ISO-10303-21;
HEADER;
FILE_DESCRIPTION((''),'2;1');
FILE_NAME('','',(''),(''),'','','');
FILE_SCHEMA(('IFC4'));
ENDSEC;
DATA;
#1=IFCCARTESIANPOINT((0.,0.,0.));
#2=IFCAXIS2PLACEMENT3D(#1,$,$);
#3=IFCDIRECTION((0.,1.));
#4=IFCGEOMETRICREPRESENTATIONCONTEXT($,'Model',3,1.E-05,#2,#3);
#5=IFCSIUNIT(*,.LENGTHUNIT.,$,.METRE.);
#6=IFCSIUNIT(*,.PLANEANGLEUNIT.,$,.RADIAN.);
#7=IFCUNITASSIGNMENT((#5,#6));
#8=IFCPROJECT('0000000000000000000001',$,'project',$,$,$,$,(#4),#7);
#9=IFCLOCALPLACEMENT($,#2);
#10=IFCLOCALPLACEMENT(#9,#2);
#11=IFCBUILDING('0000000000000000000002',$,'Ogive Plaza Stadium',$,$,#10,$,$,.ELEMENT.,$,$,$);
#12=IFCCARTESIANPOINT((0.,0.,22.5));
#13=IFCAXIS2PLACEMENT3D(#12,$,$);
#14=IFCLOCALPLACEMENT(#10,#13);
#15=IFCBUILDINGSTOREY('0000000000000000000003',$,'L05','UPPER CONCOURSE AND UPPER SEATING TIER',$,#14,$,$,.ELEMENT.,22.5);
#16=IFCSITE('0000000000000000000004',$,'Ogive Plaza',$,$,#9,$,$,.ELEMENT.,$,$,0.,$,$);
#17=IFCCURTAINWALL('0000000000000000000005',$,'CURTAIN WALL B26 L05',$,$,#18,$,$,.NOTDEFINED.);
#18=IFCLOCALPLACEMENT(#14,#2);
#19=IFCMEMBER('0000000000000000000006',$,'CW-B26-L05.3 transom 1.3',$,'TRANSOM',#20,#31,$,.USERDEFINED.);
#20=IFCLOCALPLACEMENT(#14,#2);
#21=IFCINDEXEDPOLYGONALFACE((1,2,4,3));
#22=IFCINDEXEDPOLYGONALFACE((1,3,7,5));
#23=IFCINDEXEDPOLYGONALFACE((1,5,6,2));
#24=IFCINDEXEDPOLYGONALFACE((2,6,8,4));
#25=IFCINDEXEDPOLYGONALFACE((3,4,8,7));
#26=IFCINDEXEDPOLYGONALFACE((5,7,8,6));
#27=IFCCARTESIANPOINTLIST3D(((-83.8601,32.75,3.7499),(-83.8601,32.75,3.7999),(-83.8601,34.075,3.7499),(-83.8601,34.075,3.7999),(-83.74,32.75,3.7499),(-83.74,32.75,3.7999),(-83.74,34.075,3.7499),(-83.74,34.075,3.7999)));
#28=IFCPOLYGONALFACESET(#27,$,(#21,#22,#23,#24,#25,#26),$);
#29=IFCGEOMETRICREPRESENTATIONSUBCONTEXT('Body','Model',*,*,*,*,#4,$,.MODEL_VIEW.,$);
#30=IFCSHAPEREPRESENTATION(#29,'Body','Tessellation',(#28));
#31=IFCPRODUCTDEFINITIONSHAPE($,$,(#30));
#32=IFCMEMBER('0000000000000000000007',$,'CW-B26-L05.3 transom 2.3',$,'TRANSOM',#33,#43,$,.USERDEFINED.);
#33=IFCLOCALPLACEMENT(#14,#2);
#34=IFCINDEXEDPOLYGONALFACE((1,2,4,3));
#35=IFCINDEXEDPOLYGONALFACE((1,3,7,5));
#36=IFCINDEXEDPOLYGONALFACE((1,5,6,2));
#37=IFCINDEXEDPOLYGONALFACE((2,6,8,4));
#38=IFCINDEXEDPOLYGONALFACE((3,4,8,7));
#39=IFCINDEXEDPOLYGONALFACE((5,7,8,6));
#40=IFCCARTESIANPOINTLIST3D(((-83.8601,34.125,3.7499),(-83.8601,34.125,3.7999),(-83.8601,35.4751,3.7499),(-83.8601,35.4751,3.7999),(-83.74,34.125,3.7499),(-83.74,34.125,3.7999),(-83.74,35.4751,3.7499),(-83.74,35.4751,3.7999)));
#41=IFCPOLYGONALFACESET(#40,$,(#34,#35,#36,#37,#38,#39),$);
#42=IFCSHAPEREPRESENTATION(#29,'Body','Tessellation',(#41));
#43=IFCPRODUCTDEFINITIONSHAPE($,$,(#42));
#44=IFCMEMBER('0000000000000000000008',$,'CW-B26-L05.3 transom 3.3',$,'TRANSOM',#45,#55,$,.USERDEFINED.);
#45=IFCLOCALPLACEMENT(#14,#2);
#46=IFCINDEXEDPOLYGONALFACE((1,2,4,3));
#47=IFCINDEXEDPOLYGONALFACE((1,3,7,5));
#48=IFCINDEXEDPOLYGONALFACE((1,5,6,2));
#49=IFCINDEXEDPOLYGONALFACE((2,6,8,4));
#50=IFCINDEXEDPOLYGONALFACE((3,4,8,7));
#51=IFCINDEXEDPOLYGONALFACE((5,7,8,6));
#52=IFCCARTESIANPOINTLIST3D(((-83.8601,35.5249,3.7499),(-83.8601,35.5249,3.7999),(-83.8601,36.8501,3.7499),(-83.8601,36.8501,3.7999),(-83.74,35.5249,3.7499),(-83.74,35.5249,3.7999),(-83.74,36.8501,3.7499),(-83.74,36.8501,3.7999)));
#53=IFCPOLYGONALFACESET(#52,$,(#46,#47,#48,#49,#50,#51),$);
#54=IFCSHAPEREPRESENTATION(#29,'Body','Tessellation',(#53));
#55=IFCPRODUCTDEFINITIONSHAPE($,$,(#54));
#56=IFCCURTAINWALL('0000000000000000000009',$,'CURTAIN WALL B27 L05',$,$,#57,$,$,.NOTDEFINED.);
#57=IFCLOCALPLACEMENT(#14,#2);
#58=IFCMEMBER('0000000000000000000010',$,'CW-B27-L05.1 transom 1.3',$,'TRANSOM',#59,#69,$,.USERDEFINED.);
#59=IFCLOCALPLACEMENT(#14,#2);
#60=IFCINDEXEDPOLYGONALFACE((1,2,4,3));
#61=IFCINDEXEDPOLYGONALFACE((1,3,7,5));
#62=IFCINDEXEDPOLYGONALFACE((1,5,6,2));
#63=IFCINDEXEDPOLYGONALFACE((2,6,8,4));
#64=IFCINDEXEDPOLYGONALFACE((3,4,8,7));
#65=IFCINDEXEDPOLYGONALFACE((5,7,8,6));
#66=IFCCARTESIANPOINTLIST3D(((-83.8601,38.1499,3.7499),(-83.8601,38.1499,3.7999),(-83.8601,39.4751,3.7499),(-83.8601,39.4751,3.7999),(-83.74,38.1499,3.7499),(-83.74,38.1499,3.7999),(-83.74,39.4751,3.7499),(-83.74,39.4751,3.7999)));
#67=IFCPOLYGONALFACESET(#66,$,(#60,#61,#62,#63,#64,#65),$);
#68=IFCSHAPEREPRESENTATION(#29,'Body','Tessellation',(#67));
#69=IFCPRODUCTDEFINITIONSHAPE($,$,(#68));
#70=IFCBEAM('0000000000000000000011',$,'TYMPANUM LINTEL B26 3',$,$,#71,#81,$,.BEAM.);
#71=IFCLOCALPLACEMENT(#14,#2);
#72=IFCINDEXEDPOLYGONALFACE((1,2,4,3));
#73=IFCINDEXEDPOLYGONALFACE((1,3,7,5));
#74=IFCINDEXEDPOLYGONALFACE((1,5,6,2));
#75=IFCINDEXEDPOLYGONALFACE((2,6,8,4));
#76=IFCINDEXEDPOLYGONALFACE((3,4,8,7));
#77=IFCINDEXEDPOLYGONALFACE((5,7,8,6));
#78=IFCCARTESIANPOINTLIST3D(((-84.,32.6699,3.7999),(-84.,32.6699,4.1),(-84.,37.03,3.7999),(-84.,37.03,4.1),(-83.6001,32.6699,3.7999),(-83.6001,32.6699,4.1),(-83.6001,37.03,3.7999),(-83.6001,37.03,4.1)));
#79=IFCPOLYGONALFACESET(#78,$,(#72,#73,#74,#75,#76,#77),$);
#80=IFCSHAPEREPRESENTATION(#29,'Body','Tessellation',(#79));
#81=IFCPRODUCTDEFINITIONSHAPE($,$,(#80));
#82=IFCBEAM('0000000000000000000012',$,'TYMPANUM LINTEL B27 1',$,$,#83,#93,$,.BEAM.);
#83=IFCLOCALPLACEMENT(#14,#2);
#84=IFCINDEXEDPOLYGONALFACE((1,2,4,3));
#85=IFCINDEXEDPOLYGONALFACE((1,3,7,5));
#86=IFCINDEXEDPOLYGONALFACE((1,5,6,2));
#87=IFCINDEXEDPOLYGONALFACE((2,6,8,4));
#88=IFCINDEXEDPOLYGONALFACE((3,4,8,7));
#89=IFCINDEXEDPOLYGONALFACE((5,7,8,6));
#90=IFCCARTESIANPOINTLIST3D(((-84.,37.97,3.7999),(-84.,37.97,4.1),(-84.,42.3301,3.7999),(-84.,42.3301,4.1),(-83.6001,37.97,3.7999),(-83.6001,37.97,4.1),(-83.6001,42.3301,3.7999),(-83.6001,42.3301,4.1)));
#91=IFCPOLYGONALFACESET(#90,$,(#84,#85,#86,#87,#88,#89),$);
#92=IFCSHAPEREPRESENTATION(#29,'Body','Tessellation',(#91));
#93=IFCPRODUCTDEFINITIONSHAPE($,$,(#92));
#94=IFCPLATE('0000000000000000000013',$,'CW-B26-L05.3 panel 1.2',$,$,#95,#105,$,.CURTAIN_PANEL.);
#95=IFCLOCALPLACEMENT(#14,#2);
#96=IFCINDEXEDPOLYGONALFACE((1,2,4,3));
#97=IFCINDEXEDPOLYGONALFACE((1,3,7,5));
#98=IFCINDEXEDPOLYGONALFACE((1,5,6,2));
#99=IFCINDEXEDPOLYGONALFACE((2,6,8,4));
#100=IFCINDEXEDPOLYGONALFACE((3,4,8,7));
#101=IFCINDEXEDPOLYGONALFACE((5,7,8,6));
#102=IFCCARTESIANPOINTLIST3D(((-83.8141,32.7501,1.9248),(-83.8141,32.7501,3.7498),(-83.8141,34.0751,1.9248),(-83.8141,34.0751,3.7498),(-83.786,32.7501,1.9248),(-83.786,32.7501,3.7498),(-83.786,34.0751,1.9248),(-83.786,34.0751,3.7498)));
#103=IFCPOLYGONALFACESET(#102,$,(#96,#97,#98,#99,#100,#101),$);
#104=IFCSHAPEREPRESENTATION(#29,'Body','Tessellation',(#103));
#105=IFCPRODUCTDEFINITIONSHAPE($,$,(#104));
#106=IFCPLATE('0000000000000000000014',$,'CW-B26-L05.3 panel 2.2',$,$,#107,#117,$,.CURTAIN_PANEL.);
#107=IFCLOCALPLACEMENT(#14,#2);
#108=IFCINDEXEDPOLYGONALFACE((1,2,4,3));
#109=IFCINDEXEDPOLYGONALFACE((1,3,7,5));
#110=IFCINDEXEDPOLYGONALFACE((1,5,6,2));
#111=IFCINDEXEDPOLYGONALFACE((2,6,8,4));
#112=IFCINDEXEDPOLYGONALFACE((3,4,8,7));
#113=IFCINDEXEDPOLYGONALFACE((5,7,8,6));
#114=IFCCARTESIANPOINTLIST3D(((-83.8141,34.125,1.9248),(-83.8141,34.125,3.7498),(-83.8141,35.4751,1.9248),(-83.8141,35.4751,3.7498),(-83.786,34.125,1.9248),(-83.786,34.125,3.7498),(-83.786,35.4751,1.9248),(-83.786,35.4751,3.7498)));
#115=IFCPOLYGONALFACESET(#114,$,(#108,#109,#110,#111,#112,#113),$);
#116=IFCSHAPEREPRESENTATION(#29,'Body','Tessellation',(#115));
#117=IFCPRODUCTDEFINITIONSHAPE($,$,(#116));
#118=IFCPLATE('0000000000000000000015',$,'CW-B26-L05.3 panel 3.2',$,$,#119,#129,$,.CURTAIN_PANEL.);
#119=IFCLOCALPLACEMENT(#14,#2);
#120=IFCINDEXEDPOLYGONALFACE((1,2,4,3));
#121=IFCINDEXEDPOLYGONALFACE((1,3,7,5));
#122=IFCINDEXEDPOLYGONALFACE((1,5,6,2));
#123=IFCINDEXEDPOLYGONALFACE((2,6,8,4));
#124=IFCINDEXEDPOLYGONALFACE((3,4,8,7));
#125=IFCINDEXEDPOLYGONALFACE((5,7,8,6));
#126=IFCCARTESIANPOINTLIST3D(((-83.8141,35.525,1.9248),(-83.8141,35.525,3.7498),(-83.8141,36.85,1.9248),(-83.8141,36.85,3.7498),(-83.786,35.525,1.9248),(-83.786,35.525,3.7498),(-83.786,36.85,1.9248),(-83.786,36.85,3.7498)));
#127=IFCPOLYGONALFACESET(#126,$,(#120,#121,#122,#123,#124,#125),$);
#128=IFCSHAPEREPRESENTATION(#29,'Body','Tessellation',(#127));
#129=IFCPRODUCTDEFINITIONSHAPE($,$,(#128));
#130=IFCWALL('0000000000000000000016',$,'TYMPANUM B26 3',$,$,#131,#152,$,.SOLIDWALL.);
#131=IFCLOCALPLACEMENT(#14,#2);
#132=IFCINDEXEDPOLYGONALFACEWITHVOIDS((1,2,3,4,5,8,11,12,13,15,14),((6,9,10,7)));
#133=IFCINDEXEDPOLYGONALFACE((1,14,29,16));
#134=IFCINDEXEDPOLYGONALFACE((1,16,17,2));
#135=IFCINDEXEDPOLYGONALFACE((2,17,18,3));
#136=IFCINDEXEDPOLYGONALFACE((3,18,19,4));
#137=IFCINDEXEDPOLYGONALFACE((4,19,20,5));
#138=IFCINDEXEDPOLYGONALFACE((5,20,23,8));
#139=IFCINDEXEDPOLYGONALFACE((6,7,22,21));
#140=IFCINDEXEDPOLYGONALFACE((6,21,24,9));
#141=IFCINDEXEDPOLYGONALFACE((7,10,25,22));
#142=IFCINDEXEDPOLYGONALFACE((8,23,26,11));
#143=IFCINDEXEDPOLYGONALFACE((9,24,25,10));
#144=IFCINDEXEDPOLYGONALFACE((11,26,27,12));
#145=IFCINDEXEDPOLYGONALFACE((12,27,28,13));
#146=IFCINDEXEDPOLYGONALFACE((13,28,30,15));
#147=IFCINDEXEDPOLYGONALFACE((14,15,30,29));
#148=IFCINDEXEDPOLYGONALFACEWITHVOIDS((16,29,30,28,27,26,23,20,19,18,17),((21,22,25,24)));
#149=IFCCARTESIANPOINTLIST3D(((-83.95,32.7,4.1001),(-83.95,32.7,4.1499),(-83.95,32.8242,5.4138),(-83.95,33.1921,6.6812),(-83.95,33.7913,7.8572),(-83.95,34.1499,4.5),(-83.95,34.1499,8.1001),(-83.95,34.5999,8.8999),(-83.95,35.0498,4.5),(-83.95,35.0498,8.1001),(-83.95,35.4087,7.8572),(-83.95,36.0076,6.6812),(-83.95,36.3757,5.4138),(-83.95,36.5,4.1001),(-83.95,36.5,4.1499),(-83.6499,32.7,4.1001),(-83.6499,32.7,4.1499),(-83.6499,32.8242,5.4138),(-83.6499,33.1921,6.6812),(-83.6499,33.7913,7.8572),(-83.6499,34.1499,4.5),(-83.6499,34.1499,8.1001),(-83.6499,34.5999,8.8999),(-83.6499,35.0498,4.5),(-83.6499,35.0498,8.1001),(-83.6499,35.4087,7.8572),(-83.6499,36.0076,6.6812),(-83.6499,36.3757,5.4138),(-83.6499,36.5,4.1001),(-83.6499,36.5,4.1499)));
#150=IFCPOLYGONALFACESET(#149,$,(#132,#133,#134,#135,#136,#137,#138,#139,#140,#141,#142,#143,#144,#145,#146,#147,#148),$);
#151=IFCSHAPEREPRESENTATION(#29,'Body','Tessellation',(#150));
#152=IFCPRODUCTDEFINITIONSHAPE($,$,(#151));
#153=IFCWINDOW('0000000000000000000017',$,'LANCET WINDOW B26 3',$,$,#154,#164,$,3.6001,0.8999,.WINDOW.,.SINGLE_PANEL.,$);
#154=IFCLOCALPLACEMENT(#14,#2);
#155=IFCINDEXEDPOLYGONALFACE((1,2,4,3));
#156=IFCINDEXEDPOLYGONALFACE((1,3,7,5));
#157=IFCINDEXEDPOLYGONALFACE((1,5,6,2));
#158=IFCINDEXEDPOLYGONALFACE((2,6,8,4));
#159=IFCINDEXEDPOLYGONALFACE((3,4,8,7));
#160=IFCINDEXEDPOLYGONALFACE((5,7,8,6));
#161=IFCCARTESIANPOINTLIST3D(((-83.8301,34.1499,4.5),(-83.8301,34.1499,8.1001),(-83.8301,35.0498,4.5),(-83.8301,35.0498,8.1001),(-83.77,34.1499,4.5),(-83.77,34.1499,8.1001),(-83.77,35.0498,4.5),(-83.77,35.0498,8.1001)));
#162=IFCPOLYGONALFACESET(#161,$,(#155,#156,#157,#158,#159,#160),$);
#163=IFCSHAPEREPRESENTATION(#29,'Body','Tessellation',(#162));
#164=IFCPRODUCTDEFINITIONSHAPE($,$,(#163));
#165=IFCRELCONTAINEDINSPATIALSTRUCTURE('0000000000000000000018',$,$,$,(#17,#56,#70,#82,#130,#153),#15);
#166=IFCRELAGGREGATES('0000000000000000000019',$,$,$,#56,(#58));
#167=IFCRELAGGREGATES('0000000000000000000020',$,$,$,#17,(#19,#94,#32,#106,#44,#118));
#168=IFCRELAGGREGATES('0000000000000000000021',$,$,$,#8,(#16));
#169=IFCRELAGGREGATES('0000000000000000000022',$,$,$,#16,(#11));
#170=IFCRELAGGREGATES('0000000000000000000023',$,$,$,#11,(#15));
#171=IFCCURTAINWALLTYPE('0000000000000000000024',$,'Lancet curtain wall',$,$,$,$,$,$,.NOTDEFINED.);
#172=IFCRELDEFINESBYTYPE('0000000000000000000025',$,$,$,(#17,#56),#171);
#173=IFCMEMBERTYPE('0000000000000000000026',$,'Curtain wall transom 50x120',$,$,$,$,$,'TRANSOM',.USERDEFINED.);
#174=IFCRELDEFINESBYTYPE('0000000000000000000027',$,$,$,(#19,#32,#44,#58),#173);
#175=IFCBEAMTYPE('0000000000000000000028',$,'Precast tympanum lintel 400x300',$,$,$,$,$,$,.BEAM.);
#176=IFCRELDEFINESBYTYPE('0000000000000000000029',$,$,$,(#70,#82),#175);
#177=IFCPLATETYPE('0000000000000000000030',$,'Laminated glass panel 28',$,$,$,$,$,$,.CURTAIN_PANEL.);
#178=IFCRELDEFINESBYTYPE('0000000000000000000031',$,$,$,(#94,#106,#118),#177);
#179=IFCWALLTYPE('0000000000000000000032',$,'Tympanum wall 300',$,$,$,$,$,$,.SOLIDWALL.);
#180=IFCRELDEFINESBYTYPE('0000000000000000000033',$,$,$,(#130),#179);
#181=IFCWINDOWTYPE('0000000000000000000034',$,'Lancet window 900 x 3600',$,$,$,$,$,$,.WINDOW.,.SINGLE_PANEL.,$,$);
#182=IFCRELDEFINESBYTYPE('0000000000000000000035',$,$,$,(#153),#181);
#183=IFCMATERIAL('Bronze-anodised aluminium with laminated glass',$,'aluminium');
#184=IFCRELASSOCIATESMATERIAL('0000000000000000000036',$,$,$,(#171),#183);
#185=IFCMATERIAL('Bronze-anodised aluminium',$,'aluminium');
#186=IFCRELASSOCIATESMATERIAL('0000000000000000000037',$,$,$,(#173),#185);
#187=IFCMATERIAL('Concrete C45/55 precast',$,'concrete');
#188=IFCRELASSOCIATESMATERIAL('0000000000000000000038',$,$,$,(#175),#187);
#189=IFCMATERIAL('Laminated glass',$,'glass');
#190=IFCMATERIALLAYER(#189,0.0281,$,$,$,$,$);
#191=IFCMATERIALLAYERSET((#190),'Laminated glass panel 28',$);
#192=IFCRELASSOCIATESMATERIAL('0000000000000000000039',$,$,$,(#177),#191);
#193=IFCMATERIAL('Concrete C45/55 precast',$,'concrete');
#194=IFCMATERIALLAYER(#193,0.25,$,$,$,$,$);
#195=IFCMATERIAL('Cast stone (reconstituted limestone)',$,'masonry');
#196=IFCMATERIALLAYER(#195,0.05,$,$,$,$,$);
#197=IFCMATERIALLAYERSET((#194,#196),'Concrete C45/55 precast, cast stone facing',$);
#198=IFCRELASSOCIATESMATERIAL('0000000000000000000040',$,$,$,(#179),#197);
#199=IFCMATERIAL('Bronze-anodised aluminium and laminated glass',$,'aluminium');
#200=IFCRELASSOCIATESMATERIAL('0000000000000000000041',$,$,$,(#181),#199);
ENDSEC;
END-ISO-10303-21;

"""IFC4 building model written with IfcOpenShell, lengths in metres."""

from ifc_helpers import new_model, si_unit, direction, frame, frame_2d, origin, origin_2d, place, context, subcontext, project, spatial, polyline, rectangle, outline, extrude, material, layer, layer_set, material_profile, profile_set, type_object, element, fill, aggregate, save


model = new_model("IFC4")

# Units and contexts
model_context = context("Model", 3, precision=1e-05, world=origin(), true_north=direction((0.0, 1.0)))
body_context = subcontext(model_context, "Body", "Model", "MODEL_VIEW")
ifc_project = project(units=[si_unit("LENGTHUNIT", "METRE"), si_unit("PLANEANGLEUNIT", "RADIAN")], contexts=[model_context])

# Site, building, storey
site_placement = place(None, origin())
site = spatial("IfcSite", under=ifc_project, at=site_placement, Name="Ogive Plaza", CompositionType="ELEMENT", RefElevation=0.0)
building_placement = place(site_placement, origin())
building = spatial("IfcBuilding", under=site, at=building_placement, Name="Ogive Plaza Stadium", CompositionType="ELEMENT")
storey_placement = place(building_placement, frame((0.0, 0.0, 22.5)))
storey = spatial("IfcBuildingStorey", under=building, at=storey_placement, Name="L05", Description="UPPER CONCOURSE AND UPPER SEATING TIER", CompositionType="ELEMENT", Elevation=22.5)

# Curtain wall, members
ifc_material_1 = material(Name="Bronze-anodised aluminium with laminated glass", Category="aluminium")
curtain_wall_type = type_object("IfcCurtainWallType", Name="Lancet curtain wall", PredefinedType="NOTDEFINED", material=ifc_material_1)
curtain_wall_1_placement = place(storey_placement, origin())
curtain_wall_1 = element("IfcCurtainWall", 1, at=curtain_wall_1_placement, inside=storey, type_object=curtain_wall_type, Name="CURTAIN WALL B26 L05", PredefinedType="NOTDEFINED")
ifc_material_2 = material(Name="Bronze-anodised aluminium", Category="aluminium")
ifc_material_profile_1 = material_profile(ifc_material_2, rectangle(XDim=0.1201, YDim=0.05, at=origin_2d()), Name="AL 120x50")
ifc_profile_set_1 = profile_set([ifc_material_profile_1], Name="Bronze-anodised aluminium")
member_type = type_object("IfcMemberType", Name="Curtain wall transom 50x120", ElementType="TRANSOM", PredefinedType="USERDEFINED", material=ifc_profile_set_1)
member_1_placement = place(storey_placement, frame((-83.8, 32.75, 3.7749), z_axis=(0.0, 1.0, 0.0), x_axis=(-1.0, 0.0, 0.0)))
member_1 = element("IfcMember", 2, at=member_1_placement, type_object=member_type, Name="CW-B26-L05.3 transom 1.3", ObjectType="TRANSOM", PredefinedType="USERDEFINED", context=body_context, shape_type="SweptSolid", body=[
    extrude(rectangle(XDim=0.1201, YDim=0.05, at=origin_2d()), origin(), (0.0, 0.0, 1.0), 1.325),
])
member_2_placement = place(storey_placement, frame((-83.8, 34.125, 3.7749), z_axis=(0.0, 1.0, 0.0), x_axis=(-1.0, 0.0, 0.0)))
member_2 = element("IfcMember", 3, at=member_2_placement, type_object=member_type, Name="CW-B26-L05.3 transom 2.3", ObjectType="TRANSOM", PredefinedType="USERDEFINED", context=body_context, shape_type="SweptSolid", body=[
    extrude(rectangle(XDim=0.1201, YDim=0.05, at=origin_2d()), origin(), (0.0, 0.0, 1.0), 1.3501),
])
member_3_placement = place(storey_placement, frame((-83.8, 35.5249, 3.7749), z_axis=(0.0, 1.0, 0.0), x_axis=(-1.0, 0.0, 0.0)))
member_3 = element("IfcMember", 4, at=member_3_placement, type_object=member_type, Name="CW-B26-L05.3 transom 3.3", ObjectType="TRANSOM", PredefinedType="USERDEFINED", context=body_context, shape_type="SweptSolid", body=[
    extrude(rectangle(XDim=0.1201, YDim=0.05, at=origin_2d()), origin(), (0.0, 0.0, 1.0), 1.3252),
])

# Curtain wall, member
curtain_wall_2_placement = place(storey_placement, origin())
curtain_wall_2 = element("IfcCurtainWall", 5, at=curtain_wall_2_placement, inside=storey, type_object=curtain_wall_type, Name="CURTAIN WALL B27 L05", PredefinedType="NOTDEFINED")
member_4_placement = place(storey_placement, frame((-83.8, 38.1499, 3.7749), z_axis=(0.0, 1.0, 0.0), x_axis=(-1.0, 0.0, 0.0)))
member_4 = element("IfcMember", 6, at=member_4_placement, type_object=member_type, Name="CW-B27-L05.1 transom 1.3", ObjectType="TRANSOM", PredefinedType="USERDEFINED", context=body_context, shape_type="SweptSolid", body=[
    extrude(rectangle(XDim=0.1201, YDim=0.05, at=origin_2d()), origin(), (0.0, 0.0, 1.0), 1.3252),
])
aggregate(curtain_wall_2, [member_4])

# Beams
ifc_material_3 = material(Name="Concrete C45/55 precast", Category="concrete")
ifc_material_profile_2 = material_profile(ifc_material_3, rectangle(XDim=0.3999, YDim=0.3, at=origin_2d()), Name="RC 400x300")
ifc_profile_set_2 = profile_set([ifc_material_profile_2], Name="Concrete C45/55 precast")
beam_type = type_object("IfcBeamType", Name="Precast tympanum lintel 400x300", PredefinedType="BEAM", material=ifc_profile_set_2)
for number, where, z_axis, x_axis, name in (
    (7, (-83.8, 32.6699, 3.95), (0.0, 1.0, 0.0), (-1.0, 0.0, 0.0), "TYMPANUM LINTEL B26 3"),
    (8, (-83.8, 37.97, 3.95), (0.0, 1.0, 0.0), (-1.0, 0.0, 0.0), "TYMPANUM LINTEL B27 1"),
):
    element("IfcBeam", number, at=place(storey_placement, frame(where, z_axis=z_axis, x_axis=x_axis)), inside=storey, type_object=beam_type, Name=name, PredefinedType="BEAM", context=body_context, shape_type="SweptSolid", body=[
        extrude(rectangle(XDim=0.3999, YDim=0.3, at=origin_2d()), origin(), (0.0, 0.0, 1.0), 4.3601),
    ])

# Plates
ifc_material_4 = material(Name="Laminated glass", Category="glass")
ifc_layer_1 = layer(ifc_material_4, 0.0281)
ifc_layer_set_1 = layer_set([ifc_layer_1], Name="Laminated glass panel 28")
plate_type = type_object("IfcPlateType", Name="Laminated glass panel 28", PredefinedType="CURTAIN_PANEL", material=ifc_layer_set_1)
plate_1_placement = place(storey_placement, frame((-83.8, 33.4126, 1.9248), z_axis=(0.0, 0.0, 1.0), x_axis=(0.0, 1.0, 0.0)))
plate_1 = element("IfcPlate", 9, at=plate_1_placement, type_object=plate_type, Name="CW-B26-L05.3 panel 1.2", PredefinedType="CURTAIN_PANEL", context=body_context, shape_type="SweptSolid", body=[
    extrude(rectangle(XDim=1.325, YDim=0.0281, at=origin_2d()), origin(), (0.0, 0.0, 1.0), 1.825),
])
plate_2_placement = place(storey_placement, frame((-83.8, 34.8, 1.9248), z_axis=(0.0, 0.0, 1.0), x_axis=(0.0, 1.0, 0.0)))
plate_2 = element("IfcPlate", 10, at=plate_2_placement, type_object=plate_type, Name="CW-B26-L05.3 panel 2.2", PredefinedType="CURTAIN_PANEL", context=body_context, shape_type="SweptSolid", body=[
    extrude(rectangle(XDim=1.3501, YDim=0.0281, at=origin_2d()), origin(), (0.0, 0.0, 1.0), 1.825),
])
plate_3_placement = place(storey_placement, frame((-83.8, 36.1875, 1.9248), z_axis=(0.0, 0.0, 1.0), x_axis=(0.0, 1.0, 0.0)))
plate_3 = element("IfcPlate", 11, at=plate_3_placement, type_object=plate_type, Name="CW-B26-L05.3 panel 3.2", PredefinedType="CURTAIN_PANEL", context=body_context, shape_type="SweptSolid", body=[
    extrude(rectangle(XDim=1.325, YDim=0.0281, at=origin_2d()), origin(), (0.0, 0.0, 1.0), 1.825),
])
aggregate(curtain_wall_1, [member_1, plate_1, member_2, plate_2, member_3, plate_3])

# Wall, opening, window
ifc_material_5 = material(Name="Concrete C45/55 precast", Category="concrete")
ifc_layer_2 = layer(ifc_material_5, 0.25)
ifc_material_6 = material(Name="Cast stone (reconstituted limestone)", Category="masonry")
ifc_layer_3 = layer(ifc_material_6, 0.05)
ifc_layer_set_2 = layer_set([ifc_layer_2, ifc_layer_3], Name="Concrete C45/55 precast, cast stone facing")
wall_type = type_object("IfcWallType", Name="Tympanum wall 300", PredefinedType="SOLIDWALL", material=ifc_layer_set_2)
wall_1_placement = place(storey_placement, frame((-83.8, 32.7, 4.1001), z_axis=(0.0, 0.0, 1.0), x_axis=(0.0, 1.0, 0.0)))
wall_1 = element("IfcWall", 12, at=wall_1_placement, inside=storey, type_object=wall_type, Name="TYMPANUM B26 3", PredefinedType="SOLIDWALL", context=body_context, shape_type="SweptSolid", body=[
    extrude(outline(polyline([(0.0, 0.0), (3.8, 0.0), (3.8, 0.0498), (3.6758, 1.3137), (3.3076, 2.5811), (2.7087, 3.7571), (1.8999, 4.7998), (1.0913, 3.7571), (0.4922, 2.5811), (0.1243, 1.3137), (0.0, 0.0498), (0.0, 0.0)])), frame((0.0, 0.1499, 0.0), z_axis=(0.0, -1.0, 0.0), x_axis=(1.0, 0.0, 0.0)), (0.0, 0.0, 1.0), 0.3),
])
opening_1_placement = place(wall_1_placement, frame((1.45, 0.0, 0.3999)))
opening_1 = element("IfcOpeningElement", 13, at=opening_1_placement, cuts=wall_1, PredefinedType="OPENING", context=body_context, shape_type="SweptSolid", body=[
    extrude(rectangle(XDim=0.8999, YDim=3.6001, at=frame_2d((0.45, 1.8))), frame((0.0, 0.1602, 0.0), z_axis=(0.0, -1.0, 0.0), x_axis=(1.0, 0.0, 0.0)), (0.0, 0.0, 1.0), 0.3201),
])
ifc_material_7 = material(Name="Bronze-anodised aluminium and laminated glass", Category="aluminium")
window_type = type_object("IfcWindowType", Name="Lancet window 900 x 3600", PartitioningType="SINGLE_PANEL", PredefinedType="WINDOW", material=ifc_material_7)
window_1_placement = place(opening_1_placement, origin())
window_1 = element("IfcWindow", 14, at=window_1_placement, inside=storey, type_object=window_type, Name="LANCET WINDOW B26 3", OverallHeight=3.6001, OverallWidth=0.8999, PartitioningType="SINGLE_PANEL", PredefinedType="WINDOW", context=body_context, shape_type="SweptSolid", body=[
    extrude(rectangle(XDim=0.8999, YDim=3.6001, at=frame_2d((0.45, 1.8))), frame((0.0, 0.03, 0.0), z_axis=(0.0, -1.0, 0.0), x_axis=(1.0, 0.0, 0.0)), (0.0, 0.0, 1.0), 0.0601),
])
fill(opening_1, window_1)

save(model, "model.ifc")
